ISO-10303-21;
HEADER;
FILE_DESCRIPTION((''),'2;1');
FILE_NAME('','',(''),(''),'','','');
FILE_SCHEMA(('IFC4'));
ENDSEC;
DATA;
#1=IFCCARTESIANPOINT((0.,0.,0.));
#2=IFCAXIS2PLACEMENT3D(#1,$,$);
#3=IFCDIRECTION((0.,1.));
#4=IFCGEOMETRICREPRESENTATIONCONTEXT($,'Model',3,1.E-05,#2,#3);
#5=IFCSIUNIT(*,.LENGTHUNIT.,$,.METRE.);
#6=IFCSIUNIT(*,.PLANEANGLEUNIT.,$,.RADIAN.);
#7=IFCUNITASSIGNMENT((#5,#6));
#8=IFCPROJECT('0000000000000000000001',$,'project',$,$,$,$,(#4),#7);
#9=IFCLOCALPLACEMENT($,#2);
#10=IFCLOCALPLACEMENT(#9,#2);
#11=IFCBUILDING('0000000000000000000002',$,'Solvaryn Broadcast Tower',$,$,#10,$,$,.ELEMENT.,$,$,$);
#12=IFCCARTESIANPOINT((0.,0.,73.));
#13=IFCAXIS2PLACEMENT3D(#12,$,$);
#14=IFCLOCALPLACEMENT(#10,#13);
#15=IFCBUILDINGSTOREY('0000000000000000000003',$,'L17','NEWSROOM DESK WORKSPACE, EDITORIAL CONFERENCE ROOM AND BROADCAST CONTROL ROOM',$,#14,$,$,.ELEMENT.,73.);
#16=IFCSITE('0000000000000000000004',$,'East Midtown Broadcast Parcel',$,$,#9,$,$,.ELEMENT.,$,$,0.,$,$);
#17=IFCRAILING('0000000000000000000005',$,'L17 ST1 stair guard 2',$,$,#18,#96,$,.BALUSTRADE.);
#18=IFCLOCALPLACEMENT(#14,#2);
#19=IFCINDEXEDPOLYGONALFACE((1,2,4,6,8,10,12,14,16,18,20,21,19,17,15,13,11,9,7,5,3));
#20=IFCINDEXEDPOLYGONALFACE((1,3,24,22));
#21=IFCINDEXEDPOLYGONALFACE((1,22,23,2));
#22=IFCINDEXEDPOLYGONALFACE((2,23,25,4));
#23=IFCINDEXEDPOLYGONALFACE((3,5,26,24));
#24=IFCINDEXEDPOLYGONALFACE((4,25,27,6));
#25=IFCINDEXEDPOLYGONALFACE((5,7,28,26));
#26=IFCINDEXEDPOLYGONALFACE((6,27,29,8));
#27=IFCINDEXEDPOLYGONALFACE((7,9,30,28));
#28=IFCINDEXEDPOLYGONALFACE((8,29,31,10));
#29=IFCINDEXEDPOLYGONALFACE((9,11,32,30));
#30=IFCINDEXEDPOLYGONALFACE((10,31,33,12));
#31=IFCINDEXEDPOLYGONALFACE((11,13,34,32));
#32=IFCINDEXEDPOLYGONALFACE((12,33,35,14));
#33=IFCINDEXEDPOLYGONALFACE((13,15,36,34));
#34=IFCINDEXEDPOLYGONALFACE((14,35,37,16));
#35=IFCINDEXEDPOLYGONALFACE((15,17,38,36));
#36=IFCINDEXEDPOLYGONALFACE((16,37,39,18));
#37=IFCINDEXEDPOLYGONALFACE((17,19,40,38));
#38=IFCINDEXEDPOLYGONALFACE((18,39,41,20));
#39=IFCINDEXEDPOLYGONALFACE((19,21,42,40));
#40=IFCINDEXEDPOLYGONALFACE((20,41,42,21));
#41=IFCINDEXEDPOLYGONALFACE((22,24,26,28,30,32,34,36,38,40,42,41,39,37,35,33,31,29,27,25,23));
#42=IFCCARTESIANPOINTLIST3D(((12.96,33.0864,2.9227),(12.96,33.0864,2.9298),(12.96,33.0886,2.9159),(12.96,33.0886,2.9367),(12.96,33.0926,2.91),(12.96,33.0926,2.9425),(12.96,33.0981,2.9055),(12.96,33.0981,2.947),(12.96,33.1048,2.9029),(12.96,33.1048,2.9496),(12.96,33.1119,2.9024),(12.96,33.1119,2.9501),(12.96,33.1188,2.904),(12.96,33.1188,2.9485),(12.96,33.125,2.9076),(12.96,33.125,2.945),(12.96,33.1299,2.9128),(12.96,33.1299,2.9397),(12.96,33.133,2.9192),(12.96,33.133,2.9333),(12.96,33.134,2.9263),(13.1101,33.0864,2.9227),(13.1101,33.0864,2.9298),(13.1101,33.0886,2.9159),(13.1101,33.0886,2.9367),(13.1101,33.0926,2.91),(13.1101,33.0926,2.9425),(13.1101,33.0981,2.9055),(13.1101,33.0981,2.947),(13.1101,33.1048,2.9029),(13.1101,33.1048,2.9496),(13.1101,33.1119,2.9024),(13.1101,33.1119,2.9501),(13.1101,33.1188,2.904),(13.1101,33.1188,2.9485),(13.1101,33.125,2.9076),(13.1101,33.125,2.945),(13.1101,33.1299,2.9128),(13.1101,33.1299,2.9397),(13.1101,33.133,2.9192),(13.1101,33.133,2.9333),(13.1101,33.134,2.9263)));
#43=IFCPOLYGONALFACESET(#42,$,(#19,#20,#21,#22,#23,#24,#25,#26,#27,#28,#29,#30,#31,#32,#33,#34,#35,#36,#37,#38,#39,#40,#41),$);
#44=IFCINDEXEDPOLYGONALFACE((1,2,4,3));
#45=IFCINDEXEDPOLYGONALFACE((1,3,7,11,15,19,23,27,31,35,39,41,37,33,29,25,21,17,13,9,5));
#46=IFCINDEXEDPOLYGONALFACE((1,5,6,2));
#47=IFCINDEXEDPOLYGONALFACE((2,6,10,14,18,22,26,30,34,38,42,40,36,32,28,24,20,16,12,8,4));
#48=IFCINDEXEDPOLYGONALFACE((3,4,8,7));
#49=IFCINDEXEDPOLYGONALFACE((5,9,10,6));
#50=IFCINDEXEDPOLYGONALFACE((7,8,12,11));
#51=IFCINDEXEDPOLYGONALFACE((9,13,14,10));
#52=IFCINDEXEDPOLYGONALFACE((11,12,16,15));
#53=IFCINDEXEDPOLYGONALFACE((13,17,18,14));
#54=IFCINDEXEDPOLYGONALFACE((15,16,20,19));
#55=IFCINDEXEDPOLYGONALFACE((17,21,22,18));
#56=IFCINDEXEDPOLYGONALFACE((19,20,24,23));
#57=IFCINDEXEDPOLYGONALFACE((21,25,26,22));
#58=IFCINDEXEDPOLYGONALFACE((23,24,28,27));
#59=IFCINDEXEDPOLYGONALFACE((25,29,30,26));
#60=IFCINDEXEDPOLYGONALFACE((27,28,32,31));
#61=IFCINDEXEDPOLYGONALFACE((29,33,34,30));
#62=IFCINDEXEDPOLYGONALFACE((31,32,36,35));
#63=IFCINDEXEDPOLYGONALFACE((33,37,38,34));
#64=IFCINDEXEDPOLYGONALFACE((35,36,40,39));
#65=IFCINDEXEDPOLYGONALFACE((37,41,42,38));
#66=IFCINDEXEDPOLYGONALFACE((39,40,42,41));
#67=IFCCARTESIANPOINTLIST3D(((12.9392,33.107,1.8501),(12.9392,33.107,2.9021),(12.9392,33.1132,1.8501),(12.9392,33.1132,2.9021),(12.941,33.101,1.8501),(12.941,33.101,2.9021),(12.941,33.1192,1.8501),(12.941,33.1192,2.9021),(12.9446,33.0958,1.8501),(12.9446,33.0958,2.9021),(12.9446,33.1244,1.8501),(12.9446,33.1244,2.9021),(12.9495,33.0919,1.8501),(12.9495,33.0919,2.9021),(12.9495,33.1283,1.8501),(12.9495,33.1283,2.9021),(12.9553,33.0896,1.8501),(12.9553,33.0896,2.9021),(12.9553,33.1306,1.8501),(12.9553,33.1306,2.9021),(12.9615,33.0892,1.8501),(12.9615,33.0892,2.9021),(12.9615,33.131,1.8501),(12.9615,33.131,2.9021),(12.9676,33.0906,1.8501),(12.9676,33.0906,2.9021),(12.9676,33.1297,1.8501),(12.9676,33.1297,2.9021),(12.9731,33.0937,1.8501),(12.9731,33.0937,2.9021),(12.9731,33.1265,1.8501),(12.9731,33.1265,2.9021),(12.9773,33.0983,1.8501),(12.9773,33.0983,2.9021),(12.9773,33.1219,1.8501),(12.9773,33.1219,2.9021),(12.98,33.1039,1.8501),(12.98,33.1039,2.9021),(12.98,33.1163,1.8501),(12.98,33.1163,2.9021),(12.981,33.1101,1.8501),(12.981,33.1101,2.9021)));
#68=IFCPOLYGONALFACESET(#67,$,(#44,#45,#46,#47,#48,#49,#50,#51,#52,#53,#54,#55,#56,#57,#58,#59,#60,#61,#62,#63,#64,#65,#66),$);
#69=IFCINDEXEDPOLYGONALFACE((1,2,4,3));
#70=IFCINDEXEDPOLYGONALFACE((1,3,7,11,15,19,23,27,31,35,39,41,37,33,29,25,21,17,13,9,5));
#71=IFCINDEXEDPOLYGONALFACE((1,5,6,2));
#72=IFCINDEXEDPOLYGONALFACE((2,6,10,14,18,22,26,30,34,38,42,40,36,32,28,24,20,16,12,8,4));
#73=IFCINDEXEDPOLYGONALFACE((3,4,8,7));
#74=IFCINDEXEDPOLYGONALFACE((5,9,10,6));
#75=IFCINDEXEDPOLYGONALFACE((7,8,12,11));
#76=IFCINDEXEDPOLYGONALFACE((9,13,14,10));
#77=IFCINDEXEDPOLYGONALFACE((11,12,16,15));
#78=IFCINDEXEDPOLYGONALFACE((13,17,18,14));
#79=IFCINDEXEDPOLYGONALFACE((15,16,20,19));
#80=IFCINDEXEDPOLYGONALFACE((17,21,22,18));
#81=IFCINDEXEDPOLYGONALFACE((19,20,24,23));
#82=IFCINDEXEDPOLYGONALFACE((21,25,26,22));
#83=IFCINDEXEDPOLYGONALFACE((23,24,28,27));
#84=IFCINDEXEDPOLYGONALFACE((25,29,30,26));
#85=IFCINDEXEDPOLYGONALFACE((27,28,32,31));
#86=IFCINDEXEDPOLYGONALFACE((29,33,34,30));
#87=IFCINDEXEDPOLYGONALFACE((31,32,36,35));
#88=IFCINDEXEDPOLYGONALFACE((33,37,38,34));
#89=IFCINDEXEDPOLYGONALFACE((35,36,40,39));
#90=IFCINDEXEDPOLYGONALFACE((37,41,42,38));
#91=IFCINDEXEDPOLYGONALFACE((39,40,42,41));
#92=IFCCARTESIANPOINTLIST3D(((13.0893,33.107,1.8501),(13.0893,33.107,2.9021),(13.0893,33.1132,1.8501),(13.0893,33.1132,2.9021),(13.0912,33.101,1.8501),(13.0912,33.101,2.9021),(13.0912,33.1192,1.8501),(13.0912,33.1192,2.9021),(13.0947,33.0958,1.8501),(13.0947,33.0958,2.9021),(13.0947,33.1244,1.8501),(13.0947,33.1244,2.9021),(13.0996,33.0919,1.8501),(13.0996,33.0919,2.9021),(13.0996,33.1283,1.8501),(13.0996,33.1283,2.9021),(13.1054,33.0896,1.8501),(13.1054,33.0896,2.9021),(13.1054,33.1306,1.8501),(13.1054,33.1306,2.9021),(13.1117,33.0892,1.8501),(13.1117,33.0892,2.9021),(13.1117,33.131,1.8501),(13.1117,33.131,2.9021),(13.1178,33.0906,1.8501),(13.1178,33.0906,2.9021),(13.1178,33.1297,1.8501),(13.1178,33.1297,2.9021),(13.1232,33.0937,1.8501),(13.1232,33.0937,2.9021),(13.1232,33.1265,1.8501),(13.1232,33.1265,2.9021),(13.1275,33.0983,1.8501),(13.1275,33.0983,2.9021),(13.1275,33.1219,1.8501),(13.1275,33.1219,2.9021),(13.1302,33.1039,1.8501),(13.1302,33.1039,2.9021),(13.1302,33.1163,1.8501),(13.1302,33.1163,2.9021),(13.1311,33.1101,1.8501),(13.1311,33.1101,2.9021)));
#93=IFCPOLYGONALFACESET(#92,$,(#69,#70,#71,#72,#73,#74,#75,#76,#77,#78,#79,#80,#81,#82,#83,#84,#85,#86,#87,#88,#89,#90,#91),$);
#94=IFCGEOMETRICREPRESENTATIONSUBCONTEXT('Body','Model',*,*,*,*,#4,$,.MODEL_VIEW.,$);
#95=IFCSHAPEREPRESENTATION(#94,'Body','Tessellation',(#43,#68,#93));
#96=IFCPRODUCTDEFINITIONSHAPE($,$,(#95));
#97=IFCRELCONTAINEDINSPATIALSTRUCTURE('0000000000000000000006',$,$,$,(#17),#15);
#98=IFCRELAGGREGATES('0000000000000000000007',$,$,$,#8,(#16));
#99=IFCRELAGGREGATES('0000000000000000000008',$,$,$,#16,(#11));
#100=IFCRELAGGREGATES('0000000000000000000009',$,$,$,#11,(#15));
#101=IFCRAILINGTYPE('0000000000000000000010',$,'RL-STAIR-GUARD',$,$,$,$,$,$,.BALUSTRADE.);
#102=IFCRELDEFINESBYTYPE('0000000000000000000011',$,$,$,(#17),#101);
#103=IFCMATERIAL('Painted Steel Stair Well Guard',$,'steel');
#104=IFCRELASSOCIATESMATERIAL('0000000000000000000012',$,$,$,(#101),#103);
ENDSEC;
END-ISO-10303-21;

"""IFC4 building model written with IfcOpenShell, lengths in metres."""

from ifc_helpers import new_model, si_unit, direction, frame, origin, origin_2d, place, context, subcontext, project, spatial, circle, extrude, material, type_object, element, save


model = new_model("IFC4")

# Units and contexts
model_context = context("Model", 3, precision=1e-05, world=origin(), true_north=direction((0.0, 1.0)))
body_context = subcontext(model_context, "Body", "Model", "MODEL_VIEW")
ifc_project = project(units=[si_unit("LENGTHUNIT", "METRE"), si_unit("PLANEANGLEUNIT", "RADIAN")], contexts=[model_context])

# Site, building, storey
site_placement = place(None, origin())
site = spatial("IfcSite", under=ifc_project, at=site_placement, Name="East Midtown Broadcast Parcel", CompositionType="ELEMENT", RefElevation=0.0)
building_placement = place(site_placement, origin())
building = spatial("IfcBuilding", under=site, at=building_placement, Name="Solvaryn Broadcast Tower", CompositionType="ELEMENT")
storey_placement = place(building_placement, frame((0.0, 0.0, 73.0)))
storey = spatial("IfcBuildingStorey", under=building, at=storey_placement, Name="L17", Description="NEWSROOM DESK WORKSPACE, EDITORIAL CONFERENCE ROOM AND BROADCAST CONTROL ROOM", CompositionType="ELEMENT", Elevation=73.0)

# Railing
ifc_material_1 = material(Name="Painted Steel Stair Well Guard", Category="steel")
railing_type_1 = type_object("IfcRailingType", Name="RL-STAIR-GUARD", PredefinedType="BALUSTRADE", material=ifc_material_1)
railing_1_placement = place(storey_placement, frame((12.96, 33.1101, 1.8501)))
element("IfcRailing", 1, at=railing_1_placement, inside=storey, type_object=railing_type_1, Name="L17 ST1 stair guard 2", PredefinedType="BALUSTRADE", context=body_context, shape_type="SweptSolid", body=[
    extrude(circle(Radius=0.0239, at=origin_2d()), frame((0.0, 0.0, 1.0762), z_axis=(1.0, 0.0, 0.0), x_axis=(0.0, 1.0, 0.0)), (0.0, 0.0, 1.0), 0.1501),
    extrude(circle(Radius=0.021, at=origin_2d()), origin(), (0.0, 0.0, 1.0), 1.052),
    extrude(circle(Radius=0.021, at=origin_2d()), frame((0.1501, 0.0, 0.0)), (0.0, 0.0, 1.0), 1.052),
])

save(model, "model.ifc")
